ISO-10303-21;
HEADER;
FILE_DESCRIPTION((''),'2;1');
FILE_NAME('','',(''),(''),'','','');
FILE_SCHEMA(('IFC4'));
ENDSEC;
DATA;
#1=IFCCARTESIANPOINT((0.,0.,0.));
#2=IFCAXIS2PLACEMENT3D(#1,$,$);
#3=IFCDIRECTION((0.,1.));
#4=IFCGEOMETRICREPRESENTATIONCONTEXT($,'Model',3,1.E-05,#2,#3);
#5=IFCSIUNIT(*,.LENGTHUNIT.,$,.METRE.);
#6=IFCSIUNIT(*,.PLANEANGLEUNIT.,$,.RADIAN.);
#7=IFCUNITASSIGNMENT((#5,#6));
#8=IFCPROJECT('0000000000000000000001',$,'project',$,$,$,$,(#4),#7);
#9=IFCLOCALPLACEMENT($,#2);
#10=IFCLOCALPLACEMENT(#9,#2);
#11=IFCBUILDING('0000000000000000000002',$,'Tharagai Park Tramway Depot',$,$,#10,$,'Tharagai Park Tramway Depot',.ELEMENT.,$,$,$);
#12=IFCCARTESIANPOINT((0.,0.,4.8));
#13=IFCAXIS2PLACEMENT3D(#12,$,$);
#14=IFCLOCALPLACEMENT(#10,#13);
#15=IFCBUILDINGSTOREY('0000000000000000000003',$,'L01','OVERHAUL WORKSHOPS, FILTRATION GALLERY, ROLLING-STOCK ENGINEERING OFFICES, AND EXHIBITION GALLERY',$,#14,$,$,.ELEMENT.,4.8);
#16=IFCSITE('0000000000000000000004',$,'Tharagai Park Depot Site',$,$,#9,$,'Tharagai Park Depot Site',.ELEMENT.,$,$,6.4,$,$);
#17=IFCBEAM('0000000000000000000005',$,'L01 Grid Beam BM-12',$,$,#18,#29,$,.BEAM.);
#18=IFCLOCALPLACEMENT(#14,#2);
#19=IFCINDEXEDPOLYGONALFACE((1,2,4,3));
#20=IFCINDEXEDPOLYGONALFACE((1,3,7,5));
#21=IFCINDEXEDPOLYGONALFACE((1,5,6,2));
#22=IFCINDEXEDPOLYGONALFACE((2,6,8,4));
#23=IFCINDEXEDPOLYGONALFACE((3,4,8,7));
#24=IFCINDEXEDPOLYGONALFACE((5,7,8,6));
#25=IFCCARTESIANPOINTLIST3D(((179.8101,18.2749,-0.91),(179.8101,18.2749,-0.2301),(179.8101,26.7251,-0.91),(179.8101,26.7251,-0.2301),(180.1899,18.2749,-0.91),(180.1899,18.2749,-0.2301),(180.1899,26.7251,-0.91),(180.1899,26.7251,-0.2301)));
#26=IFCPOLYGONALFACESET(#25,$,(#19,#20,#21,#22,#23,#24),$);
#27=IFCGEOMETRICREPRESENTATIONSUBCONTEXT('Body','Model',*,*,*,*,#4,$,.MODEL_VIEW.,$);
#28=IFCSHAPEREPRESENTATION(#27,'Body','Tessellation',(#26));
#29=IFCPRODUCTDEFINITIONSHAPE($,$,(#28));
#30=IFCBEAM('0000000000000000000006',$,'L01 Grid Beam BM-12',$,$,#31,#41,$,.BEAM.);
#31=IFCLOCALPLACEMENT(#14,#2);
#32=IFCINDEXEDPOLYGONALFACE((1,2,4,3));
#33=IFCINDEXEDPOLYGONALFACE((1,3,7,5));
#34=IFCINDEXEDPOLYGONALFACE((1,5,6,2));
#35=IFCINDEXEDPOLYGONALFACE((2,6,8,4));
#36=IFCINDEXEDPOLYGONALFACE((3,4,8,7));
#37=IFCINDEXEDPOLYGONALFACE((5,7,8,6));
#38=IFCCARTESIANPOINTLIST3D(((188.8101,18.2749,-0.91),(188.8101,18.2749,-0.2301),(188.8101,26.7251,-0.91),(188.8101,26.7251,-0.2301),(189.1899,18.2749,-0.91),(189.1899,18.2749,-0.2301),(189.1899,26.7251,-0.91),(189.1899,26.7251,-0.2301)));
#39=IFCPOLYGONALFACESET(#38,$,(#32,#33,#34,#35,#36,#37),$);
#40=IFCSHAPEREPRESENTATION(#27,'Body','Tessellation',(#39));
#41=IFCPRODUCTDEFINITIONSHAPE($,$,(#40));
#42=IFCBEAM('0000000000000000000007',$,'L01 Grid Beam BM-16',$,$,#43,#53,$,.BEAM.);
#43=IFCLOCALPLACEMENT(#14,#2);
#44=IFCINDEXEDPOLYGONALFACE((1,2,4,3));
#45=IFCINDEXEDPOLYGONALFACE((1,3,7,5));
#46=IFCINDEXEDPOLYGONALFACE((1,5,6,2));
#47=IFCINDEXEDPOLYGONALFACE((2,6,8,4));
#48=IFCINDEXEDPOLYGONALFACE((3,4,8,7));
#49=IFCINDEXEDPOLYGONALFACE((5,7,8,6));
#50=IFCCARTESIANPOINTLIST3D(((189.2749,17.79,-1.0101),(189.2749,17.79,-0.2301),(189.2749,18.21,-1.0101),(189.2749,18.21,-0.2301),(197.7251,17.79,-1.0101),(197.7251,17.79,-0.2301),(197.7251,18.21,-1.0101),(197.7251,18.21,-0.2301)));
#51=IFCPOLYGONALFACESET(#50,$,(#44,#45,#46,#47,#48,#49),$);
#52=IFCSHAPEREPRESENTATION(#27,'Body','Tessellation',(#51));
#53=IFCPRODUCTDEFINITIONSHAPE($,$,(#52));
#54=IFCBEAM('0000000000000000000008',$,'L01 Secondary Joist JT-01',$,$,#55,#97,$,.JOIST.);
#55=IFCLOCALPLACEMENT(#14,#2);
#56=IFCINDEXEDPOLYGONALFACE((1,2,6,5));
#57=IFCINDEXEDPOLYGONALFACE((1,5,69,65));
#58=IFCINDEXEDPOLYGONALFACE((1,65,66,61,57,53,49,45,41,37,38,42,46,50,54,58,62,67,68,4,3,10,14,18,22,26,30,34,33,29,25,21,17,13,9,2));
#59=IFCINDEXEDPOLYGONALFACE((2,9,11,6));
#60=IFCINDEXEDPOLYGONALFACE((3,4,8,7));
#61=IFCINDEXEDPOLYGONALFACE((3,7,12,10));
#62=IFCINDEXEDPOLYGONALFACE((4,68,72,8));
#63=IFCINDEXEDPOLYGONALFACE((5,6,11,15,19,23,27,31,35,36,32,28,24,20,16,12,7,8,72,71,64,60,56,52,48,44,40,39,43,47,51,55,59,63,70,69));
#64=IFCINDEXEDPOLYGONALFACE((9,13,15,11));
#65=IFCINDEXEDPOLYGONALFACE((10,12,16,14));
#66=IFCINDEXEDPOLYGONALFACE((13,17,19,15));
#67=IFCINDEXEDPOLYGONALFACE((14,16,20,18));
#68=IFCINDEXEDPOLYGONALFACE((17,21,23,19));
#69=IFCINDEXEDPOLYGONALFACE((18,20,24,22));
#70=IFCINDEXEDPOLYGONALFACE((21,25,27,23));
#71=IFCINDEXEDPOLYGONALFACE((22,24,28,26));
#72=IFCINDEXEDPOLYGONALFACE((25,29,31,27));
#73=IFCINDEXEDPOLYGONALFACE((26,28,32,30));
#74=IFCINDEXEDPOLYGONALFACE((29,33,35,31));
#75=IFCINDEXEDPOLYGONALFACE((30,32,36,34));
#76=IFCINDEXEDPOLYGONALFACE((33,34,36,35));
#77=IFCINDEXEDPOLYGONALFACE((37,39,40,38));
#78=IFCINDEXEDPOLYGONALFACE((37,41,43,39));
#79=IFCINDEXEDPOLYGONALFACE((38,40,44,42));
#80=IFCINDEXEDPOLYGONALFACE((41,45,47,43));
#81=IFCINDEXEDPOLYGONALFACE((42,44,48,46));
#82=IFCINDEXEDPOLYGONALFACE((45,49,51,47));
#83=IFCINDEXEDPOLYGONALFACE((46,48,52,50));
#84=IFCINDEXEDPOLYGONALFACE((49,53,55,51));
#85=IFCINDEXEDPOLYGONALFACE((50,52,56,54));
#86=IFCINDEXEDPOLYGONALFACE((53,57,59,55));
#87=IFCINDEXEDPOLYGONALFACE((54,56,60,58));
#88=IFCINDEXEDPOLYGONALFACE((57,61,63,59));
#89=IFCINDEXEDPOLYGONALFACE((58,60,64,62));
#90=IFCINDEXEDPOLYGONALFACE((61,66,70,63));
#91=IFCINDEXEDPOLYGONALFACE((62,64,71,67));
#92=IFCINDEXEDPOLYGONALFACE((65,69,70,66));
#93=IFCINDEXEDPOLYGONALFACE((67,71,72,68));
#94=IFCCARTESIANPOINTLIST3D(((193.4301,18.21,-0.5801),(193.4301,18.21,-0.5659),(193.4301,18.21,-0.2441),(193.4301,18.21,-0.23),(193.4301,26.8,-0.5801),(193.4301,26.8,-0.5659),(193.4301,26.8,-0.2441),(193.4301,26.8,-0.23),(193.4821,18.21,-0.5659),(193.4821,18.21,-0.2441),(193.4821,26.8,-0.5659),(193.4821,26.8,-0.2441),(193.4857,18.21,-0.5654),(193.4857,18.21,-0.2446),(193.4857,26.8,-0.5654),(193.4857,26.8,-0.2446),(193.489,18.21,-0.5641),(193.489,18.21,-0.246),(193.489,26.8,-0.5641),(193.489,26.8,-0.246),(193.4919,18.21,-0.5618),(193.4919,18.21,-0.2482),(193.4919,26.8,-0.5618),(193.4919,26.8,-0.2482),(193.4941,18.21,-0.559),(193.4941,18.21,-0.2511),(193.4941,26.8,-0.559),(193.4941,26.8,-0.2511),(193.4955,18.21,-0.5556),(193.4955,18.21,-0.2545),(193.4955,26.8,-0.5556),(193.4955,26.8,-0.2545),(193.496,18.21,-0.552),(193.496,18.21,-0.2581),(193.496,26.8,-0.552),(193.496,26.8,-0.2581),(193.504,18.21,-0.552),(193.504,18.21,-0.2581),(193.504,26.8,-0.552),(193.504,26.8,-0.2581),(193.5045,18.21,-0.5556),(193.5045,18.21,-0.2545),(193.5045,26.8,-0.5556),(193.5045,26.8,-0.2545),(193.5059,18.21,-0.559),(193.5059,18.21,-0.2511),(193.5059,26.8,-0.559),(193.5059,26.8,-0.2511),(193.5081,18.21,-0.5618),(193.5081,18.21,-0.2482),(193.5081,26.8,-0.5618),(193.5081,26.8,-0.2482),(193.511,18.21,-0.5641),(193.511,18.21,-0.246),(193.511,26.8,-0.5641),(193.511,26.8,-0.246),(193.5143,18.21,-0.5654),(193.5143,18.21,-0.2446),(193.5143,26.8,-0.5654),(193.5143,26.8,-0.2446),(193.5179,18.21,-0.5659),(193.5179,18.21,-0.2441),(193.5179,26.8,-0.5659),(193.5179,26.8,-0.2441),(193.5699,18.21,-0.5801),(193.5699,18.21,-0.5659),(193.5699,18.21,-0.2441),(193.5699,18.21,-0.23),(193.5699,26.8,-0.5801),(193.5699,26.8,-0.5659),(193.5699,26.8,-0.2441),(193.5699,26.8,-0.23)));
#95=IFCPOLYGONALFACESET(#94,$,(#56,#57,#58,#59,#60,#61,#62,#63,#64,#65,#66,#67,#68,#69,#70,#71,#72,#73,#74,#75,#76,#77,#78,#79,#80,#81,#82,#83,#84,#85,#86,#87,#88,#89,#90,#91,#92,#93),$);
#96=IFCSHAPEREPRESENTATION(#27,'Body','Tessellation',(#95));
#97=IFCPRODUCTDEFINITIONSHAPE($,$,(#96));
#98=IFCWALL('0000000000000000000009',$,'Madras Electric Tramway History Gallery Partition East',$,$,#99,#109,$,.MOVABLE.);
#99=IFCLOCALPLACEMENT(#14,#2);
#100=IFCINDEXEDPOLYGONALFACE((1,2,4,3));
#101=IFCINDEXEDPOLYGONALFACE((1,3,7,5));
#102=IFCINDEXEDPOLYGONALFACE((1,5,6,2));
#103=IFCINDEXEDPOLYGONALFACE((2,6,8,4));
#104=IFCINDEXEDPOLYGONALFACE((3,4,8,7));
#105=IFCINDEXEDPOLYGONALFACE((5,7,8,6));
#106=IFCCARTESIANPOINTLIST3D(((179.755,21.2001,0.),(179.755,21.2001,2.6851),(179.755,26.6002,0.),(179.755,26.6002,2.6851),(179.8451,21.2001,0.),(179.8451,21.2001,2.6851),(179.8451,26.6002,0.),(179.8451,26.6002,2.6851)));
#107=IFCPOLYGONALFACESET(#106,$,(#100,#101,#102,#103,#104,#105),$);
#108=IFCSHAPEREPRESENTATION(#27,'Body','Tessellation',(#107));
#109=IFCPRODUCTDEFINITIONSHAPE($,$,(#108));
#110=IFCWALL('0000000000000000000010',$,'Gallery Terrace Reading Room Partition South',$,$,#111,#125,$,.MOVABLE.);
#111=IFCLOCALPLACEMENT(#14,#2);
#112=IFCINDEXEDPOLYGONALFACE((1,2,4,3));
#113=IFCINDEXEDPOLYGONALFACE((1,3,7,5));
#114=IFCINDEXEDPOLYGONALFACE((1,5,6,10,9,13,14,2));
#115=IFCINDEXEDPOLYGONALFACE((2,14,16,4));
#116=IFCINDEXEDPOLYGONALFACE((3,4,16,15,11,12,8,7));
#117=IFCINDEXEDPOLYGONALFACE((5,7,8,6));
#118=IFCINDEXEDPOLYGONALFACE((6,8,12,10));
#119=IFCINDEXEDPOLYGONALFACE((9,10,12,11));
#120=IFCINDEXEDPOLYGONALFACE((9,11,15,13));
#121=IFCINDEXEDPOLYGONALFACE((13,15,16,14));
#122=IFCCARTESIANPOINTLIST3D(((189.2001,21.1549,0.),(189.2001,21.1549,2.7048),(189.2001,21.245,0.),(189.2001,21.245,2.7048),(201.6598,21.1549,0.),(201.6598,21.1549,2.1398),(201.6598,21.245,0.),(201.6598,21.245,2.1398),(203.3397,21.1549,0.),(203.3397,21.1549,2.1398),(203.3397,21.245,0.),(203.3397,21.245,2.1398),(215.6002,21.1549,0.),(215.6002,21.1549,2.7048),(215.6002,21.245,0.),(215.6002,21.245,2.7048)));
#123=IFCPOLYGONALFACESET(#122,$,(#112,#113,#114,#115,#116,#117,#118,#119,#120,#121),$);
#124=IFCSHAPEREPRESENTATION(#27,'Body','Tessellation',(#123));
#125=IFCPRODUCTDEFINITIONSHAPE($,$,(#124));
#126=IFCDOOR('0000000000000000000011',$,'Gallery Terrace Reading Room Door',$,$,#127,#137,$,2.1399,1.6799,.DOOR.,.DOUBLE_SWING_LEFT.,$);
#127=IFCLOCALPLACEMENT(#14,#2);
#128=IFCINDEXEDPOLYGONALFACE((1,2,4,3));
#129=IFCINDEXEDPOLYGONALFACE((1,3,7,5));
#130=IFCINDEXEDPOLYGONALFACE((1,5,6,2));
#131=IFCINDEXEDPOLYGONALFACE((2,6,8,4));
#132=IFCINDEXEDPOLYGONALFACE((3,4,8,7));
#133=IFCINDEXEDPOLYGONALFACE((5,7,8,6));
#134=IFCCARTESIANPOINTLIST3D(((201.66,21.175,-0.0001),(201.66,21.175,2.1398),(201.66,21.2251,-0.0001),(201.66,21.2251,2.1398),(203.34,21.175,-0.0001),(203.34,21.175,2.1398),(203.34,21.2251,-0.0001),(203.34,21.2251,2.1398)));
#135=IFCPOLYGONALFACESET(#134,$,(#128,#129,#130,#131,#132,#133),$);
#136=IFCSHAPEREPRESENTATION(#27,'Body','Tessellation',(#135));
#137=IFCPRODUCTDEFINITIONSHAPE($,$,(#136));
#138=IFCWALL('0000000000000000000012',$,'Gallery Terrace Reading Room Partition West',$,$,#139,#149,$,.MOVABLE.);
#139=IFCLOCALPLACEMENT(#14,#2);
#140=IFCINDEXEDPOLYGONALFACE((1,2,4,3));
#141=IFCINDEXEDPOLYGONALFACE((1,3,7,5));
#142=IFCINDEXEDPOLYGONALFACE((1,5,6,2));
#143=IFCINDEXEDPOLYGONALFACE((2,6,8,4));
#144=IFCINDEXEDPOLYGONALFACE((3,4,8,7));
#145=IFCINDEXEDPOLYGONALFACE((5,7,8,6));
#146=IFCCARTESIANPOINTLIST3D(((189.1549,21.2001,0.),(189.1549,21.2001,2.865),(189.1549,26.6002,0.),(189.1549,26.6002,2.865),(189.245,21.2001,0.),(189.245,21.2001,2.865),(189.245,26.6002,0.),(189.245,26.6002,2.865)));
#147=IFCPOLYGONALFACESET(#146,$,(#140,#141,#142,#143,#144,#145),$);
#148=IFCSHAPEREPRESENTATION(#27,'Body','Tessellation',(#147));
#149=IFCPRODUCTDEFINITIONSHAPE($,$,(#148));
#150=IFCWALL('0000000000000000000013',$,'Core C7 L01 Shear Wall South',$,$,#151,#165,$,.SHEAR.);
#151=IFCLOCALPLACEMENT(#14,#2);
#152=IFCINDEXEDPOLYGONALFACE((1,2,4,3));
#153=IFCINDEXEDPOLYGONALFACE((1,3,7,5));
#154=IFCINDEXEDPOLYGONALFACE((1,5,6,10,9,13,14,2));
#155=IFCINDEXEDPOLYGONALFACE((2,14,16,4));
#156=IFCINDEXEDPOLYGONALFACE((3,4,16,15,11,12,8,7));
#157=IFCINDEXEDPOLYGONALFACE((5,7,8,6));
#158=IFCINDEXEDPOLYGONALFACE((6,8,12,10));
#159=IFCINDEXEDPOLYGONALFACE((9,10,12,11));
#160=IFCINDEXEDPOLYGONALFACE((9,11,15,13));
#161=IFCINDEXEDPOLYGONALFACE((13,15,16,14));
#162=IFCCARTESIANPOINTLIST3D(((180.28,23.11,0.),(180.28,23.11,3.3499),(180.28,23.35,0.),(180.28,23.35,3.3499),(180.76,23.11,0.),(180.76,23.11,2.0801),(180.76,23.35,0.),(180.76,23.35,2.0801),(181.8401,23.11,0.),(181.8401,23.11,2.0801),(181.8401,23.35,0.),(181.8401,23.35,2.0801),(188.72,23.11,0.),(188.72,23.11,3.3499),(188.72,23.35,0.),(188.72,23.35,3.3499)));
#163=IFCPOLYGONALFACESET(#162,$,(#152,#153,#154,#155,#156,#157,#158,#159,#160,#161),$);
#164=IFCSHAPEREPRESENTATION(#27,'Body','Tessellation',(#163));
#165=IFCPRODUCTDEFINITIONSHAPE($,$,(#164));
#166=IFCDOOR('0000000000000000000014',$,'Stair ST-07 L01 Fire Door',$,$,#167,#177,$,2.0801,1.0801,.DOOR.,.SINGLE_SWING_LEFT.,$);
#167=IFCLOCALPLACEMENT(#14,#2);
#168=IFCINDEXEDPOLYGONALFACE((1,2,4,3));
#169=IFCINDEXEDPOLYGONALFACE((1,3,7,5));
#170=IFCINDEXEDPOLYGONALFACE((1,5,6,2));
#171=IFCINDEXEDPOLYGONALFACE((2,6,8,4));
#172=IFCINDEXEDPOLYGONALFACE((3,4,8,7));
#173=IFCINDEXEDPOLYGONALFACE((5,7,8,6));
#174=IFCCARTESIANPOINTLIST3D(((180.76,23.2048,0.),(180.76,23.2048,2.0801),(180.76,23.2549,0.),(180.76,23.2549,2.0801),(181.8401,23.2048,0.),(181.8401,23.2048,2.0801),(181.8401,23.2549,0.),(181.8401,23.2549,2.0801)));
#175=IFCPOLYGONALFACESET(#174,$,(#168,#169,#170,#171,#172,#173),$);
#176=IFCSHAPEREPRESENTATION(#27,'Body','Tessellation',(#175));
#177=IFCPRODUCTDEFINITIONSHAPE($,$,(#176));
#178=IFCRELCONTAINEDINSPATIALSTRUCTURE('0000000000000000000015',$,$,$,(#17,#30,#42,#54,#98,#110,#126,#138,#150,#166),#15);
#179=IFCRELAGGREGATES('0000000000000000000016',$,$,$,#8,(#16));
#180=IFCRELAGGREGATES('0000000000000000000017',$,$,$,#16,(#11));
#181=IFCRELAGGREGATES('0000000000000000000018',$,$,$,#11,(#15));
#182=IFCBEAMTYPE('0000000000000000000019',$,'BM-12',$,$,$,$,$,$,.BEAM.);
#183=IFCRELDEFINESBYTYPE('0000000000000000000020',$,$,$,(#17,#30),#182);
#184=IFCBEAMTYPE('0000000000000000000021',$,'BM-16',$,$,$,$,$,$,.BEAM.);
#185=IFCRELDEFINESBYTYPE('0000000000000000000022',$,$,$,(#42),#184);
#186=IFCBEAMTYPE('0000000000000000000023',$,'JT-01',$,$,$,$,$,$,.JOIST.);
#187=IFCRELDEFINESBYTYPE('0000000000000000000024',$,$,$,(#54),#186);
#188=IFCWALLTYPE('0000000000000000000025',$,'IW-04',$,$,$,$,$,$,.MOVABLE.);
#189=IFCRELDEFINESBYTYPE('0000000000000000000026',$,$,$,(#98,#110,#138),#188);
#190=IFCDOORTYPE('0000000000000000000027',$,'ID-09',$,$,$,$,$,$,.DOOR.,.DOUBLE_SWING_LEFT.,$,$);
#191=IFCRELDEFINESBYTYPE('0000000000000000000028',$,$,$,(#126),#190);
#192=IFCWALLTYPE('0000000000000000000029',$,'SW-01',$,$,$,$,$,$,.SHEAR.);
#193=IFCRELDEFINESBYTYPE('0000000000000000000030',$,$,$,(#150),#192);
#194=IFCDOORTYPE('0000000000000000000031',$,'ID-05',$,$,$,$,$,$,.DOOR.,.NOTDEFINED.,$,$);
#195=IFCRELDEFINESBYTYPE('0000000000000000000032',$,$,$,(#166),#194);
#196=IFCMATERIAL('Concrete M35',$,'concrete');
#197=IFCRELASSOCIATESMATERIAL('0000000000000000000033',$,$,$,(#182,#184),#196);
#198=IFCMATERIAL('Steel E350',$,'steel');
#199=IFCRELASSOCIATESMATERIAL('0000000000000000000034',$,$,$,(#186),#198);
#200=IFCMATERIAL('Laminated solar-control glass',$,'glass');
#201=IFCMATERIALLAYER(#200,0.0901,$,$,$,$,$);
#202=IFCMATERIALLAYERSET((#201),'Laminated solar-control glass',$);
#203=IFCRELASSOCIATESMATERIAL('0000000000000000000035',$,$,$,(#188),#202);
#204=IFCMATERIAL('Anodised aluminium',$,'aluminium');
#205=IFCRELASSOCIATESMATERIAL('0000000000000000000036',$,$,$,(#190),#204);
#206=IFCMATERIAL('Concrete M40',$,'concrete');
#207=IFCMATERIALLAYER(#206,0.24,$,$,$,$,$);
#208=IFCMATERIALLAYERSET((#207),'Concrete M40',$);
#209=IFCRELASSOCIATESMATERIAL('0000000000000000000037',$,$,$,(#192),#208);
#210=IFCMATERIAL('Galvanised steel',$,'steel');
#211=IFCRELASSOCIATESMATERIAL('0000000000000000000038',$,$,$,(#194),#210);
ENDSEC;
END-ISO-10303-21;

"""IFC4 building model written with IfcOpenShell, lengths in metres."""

from ifc_helpers import new_model, si_unit, direction, frame, frame_2d, origin, origin_2d, place, context, subcontext, project, spatial, rectangle, i_section, extrude, material, layer, layer_set, material_profile, profile_set, type_object, element, fill, save


model = new_model("IFC4")

# Units and contexts
model_context = context("Model", 3, precision=1e-05, world=origin(), true_north=direction((0.0, 1.0)))
body_context = subcontext(model_context, "Body", "Model", "MODEL_VIEW")
ifc_project = project(units=[si_unit("LENGTHUNIT", "METRE"), si_unit("PLANEANGLEUNIT", "RADIAN")], contexts=[model_context])

# Site, building, storey
site_placement = place(None, origin())
site = spatial("IfcSite", under=ifc_project, at=site_placement, Name="Tharagai Park Depot Site", LongName="Tharagai Park Depot Site", CompositionType="ELEMENT", RefElevation=6.4)
building_placement = place(site_placement, origin())
building = spatial("IfcBuilding", under=site, at=building_placement, Name="Tharagai Park Tramway Depot", LongName="Tharagai Park Tramway Depot", CompositionType="ELEMENT")
storey_placement = place(building_placement, frame((0.0, 0.0, 4.8)))
storey = spatial("IfcBuildingStorey", under=building, at=storey_placement, Name="L01", Description="OVERHAUL WORKSHOPS, FILTRATION GALLERY, ROLLING-STOCK ENGINEERING OFFICES, AND EXHIBITION GALLERY", CompositionType="ELEMENT", Elevation=4.8)

# Beams
ifc_material_1 = material(Name="Concrete M35", Category="concrete")
ifc_material_profile_1 = material_profile(ifc_material_1, rectangle(XDim=0.3799, YDim=0.6799, at=origin_2d()), Name="RC 380x680")
ifc_profile_set_1 = profile_set([ifc_material_profile_1], Name="Concrete M35")
beam_type_1 = type_object("IfcBeamType", Name="BM-12", PredefinedType="BEAM", material=ifc_profile_set_1)
for number, where, z_axis, x_axis, name in (
    (1, (180.0, 18.2749, -0.5701), (0.0, 1.0, 0.0), (-1.0, 0.0, 0.0), "L01 Grid Beam BM-12"),
    (2, (189.0, 18.2749, -0.5701), (0.0, 1.0, 0.0), (-1.0, 0.0, 0.0), "L01 Grid Beam BM-12"),
):
    element("IfcBeam", number, at=place(storey_placement, frame(where, z_axis=z_axis, x_axis=x_axis)), inside=storey, type_object=beam_type_1, Name=name, PredefinedType="BEAM", context=body_context, shape_type="SweptSolid", body=[
        extrude(rectangle(XDim=0.3799, YDim=0.6799, at=origin_2d()), origin(), (0.0, 0.0, 1.0), 8.4502),
    ])
ifc_material_profile_2 = material_profile(ifc_material_1, rectangle(XDim=0.4199, YDim=0.78, at=origin_2d()), Name="RC 420x780")
ifc_profile_set_2 = profile_set([ifc_material_profile_2], Name="Concrete M35")
beam_type_2 = type_object("IfcBeamType", Name="BM-16", PredefinedType="BEAM", material=ifc_profile_set_2)
beam_1_placement = place(storey_placement, frame((189.2749, 18.0, -0.6201), z_axis=(1.0, 0.0, 0.0), x_axis=(0.0, 1.0, 0.0)))
element("IfcBeam", 3, at=beam_1_placement, inside=storey, type_object=beam_type_2, Name="L01 Grid Beam BM-16", PredefinedType="BEAM", context=body_context, shape_type="SweptSolid", body=[
    extrude(rectangle(XDim=0.4199, YDim=0.78, at=origin_2d()), origin(), (0.0, 0.0, 1.0), 8.4502),
])
ifc_material_2 = material(Name="Steel E350", Category="steel")
ifc_material_profile_3 = material_profile(ifc_material_2, i_section(OverallWidth=0.1399, OverallDepth=0.3501, WebThickness=0.0081, FlangeThickness=0.0142, FilletRadius=0.0139, at=origin_2d()), Name="ISMB 350")
ifc_profile_set_3 = profile_set([ifc_material_profile_3], Name="Steel E350")
beam_type_3 = type_object("IfcBeamType", Name="JT-01", PredefinedType="JOIST", material=ifc_profile_set_3)
beam_2_placement = place(storey_placement, frame((193.5, 18.21, -0.405), z_axis=(0.0, 1.0, 0.0), x_axis=(-1.0, 0.0, 0.0)))
element("IfcBeam", 4, at=beam_2_placement, inside=storey, type_object=beam_type_3, Name="L01 Secondary Joist JT-01", PredefinedType="JOIST", context=body_context, shape_type="SweptSolid", body=[
    extrude(i_section(OverallWidth=0.1399, OverallDepth=0.3501, WebThickness=0.0081, FlangeThickness=0.0142, FilletRadius=0.0139, at=origin_2d()), origin(), (0.0, 0.0, 1.0), 8.5901),
])

# Wall
ifc_material_3 = material(Name="Laminated solar-control glass", Category="glass")
ifc_layer_1 = layer(ifc_material_3, 0.0901)
ifc_layer_set_1 = layer_set([ifc_layer_1], Name="Laminated solar-control glass")
wall_type_1 = type_object("IfcWallType", Name="IW-04", PredefinedType="MOVABLE", material=ifc_layer_set_1)
wall_1_placement = place(storey_placement, frame((179.8, 21.2, 0.0), z_axis=(0.0, 0.0, 1.0), x_axis=(0.0, 1.0, 0.0)))
element("IfcWall", 5, at=wall_1_placement, inside=storey, type_object=wall_type_1, Name="Madras Electric Tramway History Gallery Partition East", PredefinedType="MOVABLE", context=body_context, shape_type="SweptSolid", body=[
    extrude(rectangle(XDim=5.4001, YDim=0.0901, at=frame_2d((2.7002, 0.0))), origin(), (0.0, 0.0, 1.0), 2.6851),
])

# Wall, opening, door
wall_2_placement = place(storey_placement, frame((189.2, 21.2, 0.0), z_axis=(0.0, 0.0, 1.0), x_axis=(1.0, 0.0, 0.0)))
wall_2 = element("IfcWall", 6, at=wall_2_placement, inside=storey, type_object=wall_type_1, Name="Gallery Terrace Reading Room Partition South", PredefinedType="MOVABLE", context=body_context, shape_type="SweptSolid", body=[
    extrude(rectangle(XDim=26.4001, YDim=0.0901, at=frame_2d((13.2002, 0.0))), origin(), (0.0, 0.0, 1.0), 2.7048),
])
opening_1_placement = place(wall_2_placement, frame((12.46, 0.0, 0.0)))
opening_1 = element("IfcOpeningElement", 7, at=opening_1_placement, cuts=wall_2, PredefinedType="OPENING", context=body_context, shape_type="SweptSolid", body=[
    extrude(rectangle(XDim=1.6799, YDim=2.1399, at=frame_2d((0.8398, 1.0698))), frame((0.0, 0.0549, 0.0), z_axis=(0.0, -1.0, 0.0), x_axis=(1.0, 0.0, 0.0)), (0.0, 0.0, 1.0), 0.1101),
])
ifc_material_4 = material(Name="Anodised aluminium", Category="aluminium")
door_type_1 = type_object("IfcDoorType", Name="ID-09", OperationType="DOUBLE_SWING_LEFT", PredefinedType="DOOR", material=ifc_material_4)
door_1_placement = place(opening_1_placement, frame((1.6799, 0.0, 0.0), z_axis=(0.0, 0.0, 1.0), x_axis=(-1.0, 0.0, 0.0)))
door_1 = element("IfcDoor", 8, at=door_1_placement, inside=storey, type_object=door_type_1, Name="Gallery Terrace Reading Room Door", OperationType="DOUBLE_SWING_LEFT", OverallHeight=2.1399, OverallWidth=1.6799, PredefinedType="DOOR", context=body_context, shape_type="SweptSolid", body=[
    extrude(rectangle(XDim=1.6799, YDim=2.1399, at=frame_2d((0.8398, 1.0698))), frame((0.0, 0.0249, 0.0), z_axis=(0.0, -1.0, 0.0), x_axis=(1.0, 0.0, 0.0)), (0.0, 0.0, 1.0), 0.05),
])
fill(opening_1, door_1)

# Wall
wall_3_placement = place(storey_placement, frame((189.2, 21.2, 0.0), z_axis=(0.0, 0.0, 1.0), x_axis=(0.0, 1.0, 0.0)))
element("IfcWall", 9, at=wall_3_placement, inside=storey, type_object=wall_type_1, Name="Gallery Terrace Reading Room Partition West", PredefinedType="MOVABLE", context=body_context, shape_type="SweptSolid", body=[
    extrude(rectangle(XDim=5.4001, YDim=0.0901, at=frame_2d((2.7002, 0.0))), origin(), (0.0, 0.0, 1.0), 2.865),
])

# Wall, opening, door
ifc_material_5 = material(Name="Concrete M40", Category="concrete")
ifc_layer_2 = layer(ifc_material_5, 0.24)
ifc_layer_set_2 = layer_set([ifc_layer_2], Name="Concrete M40")
wall_type_2 = type_object("IfcWallType", Name="SW-01", PredefinedType="SHEAR", material=ifc_layer_set_2)
wall_4_placement = place(storey_placement, frame((180.28, 23.23, 0.0), z_axis=(0.0, 0.0, 1.0), x_axis=(1.0, 0.0, 0.0)))
wall_4 = element("IfcWall", 10, at=wall_4_placement, inside=storey, type_object=wall_type_2, Name="Core C7 L01 Shear Wall South", PredefinedType="SHEAR", context=body_context, shape_type="SweptSolid", body=[
    extrude(rectangle(XDim=8.4399, YDim=0.24, at=frame_2d((4.22, 0.0))), origin(), (0.0, 0.0, 1.0), 3.3499),
])
opening_2_placement = place(wall_4_placement, frame((0.48, 0.0, 0.0)))
opening_2 = element("IfcOpeningElement", 11, at=opening_2_placement, cuts=wall_4, PredefinedType="OPENING", context=body_context, shape_type="SweptSolid", body=[
    extrude(rectangle(XDim=1.0801, YDim=2.0801, at=frame_2d((0.54, 1.04))), frame((0.0, 0.1299, 0.0), z_axis=(0.0, -1.0, 0.0), x_axis=(1.0, 0.0, 0.0)), (0.0, 0.0, 1.0), 0.26),
])
ifc_material_6 = material(Name="Galvanised steel", Category="steel")
door_type_2 = type_object("IfcDoorType", Name="ID-05", OperationType="NOTDEFINED", PredefinedType="DOOR", material=ifc_material_6)
door_2_placement = place(opening_2_placement, origin())
door_2 = element("IfcDoor", 12, at=door_2_placement, inside=storey, type_object=door_type_2, Name="Stair ST-07 L01 Fire Door", OperationType="SINGLE_SWING_LEFT", OverallHeight=2.0801, OverallWidth=1.0801, PredefinedType="DOOR", context=body_context, shape_type="SweptSolid", body=[
    extrude(rectangle(XDim=1.0801, YDim=2.0801, at=frame_2d((0.54, 1.04))), frame((0.0, 0.0249, 0.0), z_axis=(0.0, -1.0, 0.0), x_axis=(1.0, 0.0, 0.0)), (0.0, 0.0, 1.0), 0.05),
])
fill(opening_2, door_2)

save(model, "model.ifc")
